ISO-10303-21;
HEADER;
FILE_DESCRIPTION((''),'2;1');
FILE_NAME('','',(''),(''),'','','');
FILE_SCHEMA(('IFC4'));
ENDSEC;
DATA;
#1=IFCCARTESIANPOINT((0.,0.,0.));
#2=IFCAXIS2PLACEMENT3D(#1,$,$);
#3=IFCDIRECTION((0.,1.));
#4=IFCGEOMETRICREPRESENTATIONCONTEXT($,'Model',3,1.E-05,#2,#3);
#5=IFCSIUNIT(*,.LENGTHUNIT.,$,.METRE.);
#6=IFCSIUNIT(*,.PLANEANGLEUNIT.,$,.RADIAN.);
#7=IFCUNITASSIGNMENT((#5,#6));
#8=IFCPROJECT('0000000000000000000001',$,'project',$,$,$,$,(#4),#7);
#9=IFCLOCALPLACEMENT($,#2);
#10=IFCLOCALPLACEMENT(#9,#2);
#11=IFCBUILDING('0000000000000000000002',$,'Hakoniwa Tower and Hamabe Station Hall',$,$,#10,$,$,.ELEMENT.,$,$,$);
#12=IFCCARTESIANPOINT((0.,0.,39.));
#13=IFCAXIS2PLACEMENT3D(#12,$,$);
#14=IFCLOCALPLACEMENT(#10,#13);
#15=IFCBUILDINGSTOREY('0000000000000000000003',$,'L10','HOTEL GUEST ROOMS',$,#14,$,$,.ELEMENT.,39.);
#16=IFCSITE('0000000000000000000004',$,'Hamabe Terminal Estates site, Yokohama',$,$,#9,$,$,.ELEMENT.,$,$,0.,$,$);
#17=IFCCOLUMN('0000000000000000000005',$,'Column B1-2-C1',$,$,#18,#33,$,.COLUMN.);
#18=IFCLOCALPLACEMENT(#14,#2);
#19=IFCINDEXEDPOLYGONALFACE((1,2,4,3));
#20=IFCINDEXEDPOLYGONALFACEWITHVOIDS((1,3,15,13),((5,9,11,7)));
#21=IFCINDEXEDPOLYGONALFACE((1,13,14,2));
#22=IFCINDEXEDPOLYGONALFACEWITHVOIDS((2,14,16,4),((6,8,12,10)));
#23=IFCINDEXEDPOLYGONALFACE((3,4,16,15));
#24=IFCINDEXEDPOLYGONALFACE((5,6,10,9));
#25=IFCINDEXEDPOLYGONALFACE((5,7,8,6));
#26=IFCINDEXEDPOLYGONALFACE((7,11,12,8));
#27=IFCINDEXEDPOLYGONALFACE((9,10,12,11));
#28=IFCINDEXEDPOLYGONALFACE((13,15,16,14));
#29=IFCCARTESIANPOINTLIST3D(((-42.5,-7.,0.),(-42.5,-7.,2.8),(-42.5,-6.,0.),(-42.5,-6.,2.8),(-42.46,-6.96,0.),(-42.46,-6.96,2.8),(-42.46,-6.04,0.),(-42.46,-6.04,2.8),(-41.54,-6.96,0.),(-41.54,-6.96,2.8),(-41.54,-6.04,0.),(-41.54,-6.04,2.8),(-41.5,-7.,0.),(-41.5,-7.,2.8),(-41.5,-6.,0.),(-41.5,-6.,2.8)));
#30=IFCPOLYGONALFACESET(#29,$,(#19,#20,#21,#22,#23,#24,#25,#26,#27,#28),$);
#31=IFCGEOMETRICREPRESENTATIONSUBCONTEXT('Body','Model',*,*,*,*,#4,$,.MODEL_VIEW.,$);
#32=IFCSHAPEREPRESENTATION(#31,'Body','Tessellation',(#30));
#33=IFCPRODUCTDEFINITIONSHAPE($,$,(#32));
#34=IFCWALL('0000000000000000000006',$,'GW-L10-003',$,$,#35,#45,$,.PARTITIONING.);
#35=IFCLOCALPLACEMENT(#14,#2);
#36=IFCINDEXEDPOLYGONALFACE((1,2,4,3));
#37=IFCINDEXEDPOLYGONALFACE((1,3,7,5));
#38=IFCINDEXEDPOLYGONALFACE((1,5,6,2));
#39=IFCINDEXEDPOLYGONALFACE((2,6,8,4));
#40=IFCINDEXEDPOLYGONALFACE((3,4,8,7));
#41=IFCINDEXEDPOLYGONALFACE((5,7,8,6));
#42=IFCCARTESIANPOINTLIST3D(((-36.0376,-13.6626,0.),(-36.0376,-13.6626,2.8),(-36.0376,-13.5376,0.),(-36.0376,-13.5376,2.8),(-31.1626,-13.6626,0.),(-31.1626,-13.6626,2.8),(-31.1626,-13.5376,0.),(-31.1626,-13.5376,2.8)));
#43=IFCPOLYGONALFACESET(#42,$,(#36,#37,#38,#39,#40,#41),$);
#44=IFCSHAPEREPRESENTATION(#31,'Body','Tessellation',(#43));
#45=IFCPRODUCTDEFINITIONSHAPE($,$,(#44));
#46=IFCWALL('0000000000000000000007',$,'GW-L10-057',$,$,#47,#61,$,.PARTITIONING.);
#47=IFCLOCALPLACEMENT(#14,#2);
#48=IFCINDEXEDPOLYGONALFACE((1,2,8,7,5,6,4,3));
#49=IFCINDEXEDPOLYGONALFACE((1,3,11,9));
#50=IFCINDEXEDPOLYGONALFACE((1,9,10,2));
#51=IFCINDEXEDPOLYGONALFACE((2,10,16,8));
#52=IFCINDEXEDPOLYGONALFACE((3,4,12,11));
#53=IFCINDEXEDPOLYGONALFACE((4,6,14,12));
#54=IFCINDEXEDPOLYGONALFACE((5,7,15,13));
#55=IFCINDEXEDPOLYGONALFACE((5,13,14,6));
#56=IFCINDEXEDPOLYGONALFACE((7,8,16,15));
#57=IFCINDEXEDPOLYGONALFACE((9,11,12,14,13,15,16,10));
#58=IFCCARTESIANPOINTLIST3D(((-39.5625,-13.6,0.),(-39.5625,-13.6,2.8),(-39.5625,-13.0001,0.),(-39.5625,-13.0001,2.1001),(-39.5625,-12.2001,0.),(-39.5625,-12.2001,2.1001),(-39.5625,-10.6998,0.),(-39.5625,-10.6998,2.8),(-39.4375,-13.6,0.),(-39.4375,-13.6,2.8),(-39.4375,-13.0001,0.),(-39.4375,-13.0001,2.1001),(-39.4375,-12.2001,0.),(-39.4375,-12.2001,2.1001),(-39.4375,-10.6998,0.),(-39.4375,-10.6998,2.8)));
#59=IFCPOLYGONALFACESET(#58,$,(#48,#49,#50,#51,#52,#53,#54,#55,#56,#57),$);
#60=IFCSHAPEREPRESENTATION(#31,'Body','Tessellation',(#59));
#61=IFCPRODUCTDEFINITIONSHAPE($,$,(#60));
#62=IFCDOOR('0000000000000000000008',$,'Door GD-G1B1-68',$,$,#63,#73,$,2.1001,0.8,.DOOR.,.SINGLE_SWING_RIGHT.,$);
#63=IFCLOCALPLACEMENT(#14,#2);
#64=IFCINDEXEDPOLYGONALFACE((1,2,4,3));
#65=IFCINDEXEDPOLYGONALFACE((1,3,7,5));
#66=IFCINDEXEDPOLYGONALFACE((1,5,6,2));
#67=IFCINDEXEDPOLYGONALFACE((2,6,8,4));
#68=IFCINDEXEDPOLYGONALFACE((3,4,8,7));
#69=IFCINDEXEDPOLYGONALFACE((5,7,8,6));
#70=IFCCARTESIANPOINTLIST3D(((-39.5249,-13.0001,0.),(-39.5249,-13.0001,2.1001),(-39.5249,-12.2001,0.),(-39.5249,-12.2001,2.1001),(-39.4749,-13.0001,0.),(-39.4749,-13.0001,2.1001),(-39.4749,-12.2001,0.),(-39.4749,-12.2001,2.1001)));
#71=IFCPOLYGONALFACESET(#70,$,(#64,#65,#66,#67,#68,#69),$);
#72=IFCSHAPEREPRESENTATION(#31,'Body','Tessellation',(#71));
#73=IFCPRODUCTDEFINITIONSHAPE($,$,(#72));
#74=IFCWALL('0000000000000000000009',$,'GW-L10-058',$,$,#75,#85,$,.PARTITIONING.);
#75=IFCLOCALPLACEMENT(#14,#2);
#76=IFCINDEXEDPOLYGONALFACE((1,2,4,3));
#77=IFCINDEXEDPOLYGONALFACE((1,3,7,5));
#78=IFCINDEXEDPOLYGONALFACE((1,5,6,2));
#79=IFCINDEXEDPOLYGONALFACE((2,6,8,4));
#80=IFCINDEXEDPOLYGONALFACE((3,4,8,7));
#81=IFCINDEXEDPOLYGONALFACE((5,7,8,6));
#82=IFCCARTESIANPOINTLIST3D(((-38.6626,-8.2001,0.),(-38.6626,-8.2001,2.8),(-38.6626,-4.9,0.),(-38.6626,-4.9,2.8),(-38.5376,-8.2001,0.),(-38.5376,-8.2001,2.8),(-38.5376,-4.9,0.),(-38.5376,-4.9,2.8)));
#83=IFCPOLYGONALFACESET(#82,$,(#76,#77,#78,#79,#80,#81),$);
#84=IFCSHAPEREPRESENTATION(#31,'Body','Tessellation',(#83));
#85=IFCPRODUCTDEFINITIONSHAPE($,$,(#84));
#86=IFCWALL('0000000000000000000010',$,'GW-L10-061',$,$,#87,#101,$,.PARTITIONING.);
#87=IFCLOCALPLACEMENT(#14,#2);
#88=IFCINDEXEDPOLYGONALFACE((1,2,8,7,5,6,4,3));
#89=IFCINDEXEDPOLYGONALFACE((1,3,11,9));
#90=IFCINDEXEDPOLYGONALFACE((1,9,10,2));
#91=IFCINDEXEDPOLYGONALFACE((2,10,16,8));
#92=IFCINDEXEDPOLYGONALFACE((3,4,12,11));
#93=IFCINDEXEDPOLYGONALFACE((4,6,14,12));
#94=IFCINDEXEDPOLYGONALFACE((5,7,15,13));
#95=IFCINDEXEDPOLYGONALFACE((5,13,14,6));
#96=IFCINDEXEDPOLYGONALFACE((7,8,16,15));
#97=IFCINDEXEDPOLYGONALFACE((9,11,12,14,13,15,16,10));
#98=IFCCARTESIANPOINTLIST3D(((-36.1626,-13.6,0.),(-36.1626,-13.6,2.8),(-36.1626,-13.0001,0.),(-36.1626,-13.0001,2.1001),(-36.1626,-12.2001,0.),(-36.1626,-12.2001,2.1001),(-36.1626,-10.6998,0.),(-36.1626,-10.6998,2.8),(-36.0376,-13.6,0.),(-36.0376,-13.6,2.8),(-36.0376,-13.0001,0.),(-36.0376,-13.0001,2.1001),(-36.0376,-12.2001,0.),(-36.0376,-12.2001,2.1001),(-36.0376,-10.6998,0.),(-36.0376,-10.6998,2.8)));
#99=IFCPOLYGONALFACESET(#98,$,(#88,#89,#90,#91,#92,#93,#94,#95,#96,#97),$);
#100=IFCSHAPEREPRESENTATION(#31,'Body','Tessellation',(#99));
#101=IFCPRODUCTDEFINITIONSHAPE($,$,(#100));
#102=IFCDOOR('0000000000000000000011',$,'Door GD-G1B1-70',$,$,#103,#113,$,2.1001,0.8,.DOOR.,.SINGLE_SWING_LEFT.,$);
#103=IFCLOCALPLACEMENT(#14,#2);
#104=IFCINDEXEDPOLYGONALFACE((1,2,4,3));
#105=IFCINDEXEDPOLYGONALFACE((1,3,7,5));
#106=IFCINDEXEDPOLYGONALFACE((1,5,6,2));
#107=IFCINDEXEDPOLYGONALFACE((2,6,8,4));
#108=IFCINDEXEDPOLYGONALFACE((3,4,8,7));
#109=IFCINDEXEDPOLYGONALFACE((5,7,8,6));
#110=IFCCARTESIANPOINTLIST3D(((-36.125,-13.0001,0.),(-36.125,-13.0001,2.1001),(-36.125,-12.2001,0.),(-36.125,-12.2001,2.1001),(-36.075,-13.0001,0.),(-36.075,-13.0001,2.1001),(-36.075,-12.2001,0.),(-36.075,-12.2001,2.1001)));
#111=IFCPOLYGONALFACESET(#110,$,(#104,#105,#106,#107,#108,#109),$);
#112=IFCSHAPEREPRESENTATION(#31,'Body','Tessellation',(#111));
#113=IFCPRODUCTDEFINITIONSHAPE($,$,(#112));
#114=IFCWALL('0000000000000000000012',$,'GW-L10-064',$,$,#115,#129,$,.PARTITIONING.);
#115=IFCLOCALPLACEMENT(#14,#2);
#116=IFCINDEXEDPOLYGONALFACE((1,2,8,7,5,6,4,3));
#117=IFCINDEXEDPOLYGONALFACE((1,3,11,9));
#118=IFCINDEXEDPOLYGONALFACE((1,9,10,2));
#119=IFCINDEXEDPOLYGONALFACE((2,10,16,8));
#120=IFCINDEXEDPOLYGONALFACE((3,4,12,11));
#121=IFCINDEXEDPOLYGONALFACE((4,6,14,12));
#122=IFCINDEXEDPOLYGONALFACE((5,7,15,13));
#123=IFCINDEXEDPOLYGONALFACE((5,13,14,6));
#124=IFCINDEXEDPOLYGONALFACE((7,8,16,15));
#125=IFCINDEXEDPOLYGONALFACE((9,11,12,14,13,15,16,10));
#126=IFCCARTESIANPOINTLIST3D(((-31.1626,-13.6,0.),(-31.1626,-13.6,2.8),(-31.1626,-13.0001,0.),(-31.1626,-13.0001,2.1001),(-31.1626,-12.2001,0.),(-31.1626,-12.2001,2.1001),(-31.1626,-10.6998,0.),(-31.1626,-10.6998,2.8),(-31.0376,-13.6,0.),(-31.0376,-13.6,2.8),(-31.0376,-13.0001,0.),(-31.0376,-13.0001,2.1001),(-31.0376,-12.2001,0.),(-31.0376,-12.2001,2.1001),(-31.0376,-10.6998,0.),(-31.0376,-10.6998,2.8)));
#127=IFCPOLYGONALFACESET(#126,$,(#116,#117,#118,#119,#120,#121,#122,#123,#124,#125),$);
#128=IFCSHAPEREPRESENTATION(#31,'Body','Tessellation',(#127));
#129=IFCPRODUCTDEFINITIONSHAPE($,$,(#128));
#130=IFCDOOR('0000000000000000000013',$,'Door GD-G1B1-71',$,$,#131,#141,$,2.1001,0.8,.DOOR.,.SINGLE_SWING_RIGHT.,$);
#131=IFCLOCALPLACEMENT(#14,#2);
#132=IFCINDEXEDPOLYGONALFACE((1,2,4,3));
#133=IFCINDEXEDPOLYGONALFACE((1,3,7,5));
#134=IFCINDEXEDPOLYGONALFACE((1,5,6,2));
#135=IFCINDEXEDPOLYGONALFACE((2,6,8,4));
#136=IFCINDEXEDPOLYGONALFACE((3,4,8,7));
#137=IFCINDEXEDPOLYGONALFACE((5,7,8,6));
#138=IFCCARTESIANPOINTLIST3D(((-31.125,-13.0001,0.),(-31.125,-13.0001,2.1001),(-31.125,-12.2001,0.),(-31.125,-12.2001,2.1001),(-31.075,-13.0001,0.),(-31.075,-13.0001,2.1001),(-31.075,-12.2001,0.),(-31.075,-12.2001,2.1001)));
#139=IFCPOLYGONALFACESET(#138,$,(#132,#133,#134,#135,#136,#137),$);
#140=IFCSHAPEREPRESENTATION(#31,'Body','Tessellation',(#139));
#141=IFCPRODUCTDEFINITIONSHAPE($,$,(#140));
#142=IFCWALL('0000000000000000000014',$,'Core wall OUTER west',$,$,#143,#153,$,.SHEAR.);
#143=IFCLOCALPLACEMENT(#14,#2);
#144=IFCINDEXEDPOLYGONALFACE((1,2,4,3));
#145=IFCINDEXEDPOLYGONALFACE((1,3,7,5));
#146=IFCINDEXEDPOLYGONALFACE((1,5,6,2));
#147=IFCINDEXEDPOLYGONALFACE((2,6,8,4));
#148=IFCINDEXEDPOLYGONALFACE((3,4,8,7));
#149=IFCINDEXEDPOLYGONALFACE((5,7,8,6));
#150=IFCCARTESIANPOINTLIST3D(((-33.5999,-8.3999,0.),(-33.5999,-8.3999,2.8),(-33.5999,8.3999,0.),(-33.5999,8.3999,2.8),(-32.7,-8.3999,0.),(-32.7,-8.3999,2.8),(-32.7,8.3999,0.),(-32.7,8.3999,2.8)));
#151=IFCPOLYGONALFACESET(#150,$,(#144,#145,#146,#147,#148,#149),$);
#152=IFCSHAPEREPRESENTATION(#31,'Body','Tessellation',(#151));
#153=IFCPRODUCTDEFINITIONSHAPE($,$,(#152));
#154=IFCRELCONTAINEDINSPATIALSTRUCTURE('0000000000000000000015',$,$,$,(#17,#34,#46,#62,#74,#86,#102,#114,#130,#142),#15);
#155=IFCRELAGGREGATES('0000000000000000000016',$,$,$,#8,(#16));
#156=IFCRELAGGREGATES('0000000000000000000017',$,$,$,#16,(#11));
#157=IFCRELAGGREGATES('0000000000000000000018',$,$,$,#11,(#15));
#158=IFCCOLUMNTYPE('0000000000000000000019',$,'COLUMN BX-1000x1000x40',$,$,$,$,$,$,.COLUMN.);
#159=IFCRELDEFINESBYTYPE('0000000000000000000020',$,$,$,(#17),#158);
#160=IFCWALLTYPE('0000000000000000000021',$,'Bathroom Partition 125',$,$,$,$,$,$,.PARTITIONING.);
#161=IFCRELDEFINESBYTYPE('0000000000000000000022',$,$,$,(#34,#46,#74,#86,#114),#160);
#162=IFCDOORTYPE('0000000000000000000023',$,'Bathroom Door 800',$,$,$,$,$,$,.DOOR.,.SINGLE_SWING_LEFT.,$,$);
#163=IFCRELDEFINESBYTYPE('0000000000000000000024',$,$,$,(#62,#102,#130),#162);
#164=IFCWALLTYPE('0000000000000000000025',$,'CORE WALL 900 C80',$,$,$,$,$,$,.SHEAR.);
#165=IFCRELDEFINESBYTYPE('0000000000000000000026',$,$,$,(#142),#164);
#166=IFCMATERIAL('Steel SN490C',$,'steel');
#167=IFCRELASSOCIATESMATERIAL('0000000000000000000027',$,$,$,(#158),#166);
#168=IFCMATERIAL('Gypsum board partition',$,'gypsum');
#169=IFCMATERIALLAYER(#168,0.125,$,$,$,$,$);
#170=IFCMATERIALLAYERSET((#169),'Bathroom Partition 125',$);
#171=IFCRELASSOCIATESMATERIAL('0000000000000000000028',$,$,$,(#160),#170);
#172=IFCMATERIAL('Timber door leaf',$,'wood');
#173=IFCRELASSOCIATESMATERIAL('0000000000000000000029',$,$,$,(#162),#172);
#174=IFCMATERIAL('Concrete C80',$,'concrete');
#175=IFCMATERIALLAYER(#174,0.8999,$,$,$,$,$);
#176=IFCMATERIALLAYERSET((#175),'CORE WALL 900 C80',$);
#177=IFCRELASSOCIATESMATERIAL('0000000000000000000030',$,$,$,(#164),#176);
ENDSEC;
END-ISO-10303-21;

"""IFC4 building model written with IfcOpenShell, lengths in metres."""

from ifc_helpers import new_model, si_unit, direction, frame, frame_2d, origin, origin_2d, place, context, subcontext, project, spatial, rectangle, hollow_rectangle, extrude, material, layer, layer_set, material_profile, profile_set, type_object, element, fill, save


model = new_model("IFC4")

# Units and contexts
model_context = context("Model", 3, precision=1e-05, world=origin(), true_north=direction((0.0, 1.0)))
body_context = subcontext(model_context, "Body", "Model", "MODEL_VIEW")
ifc_project = project(units=[si_unit("LENGTHUNIT", "METRE"), si_unit("PLANEANGLEUNIT", "RADIAN")], contexts=[model_context])

# Site, building, storey
site_placement = place(None, origin())
site = spatial("IfcSite", under=ifc_project, at=site_placement, Name="Hamabe Terminal Estates site, Yokohama", CompositionType="ELEMENT", RefElevation=0.0)
building_placement = place(site_placement, origin())
building = spatial("IfcBuilding", under=site, at=building_placement, Name="Hakoniwa Tower and Hamabe Station Hall", CompositionType="ELEMENT")
storey_placement = place(building_placement, frame((0.0, 0.0, 39.0)))
storey = spatial("IfcBuildingStorey", under=building, at=storey_placement, Name="L10", Description="HOTEL GUEST ROOMS", CompositionType="ELEMENT", Elevation=39.0)

# Column
ifc_material_1 = material(Name="Steel SN490C", Category="steel")
ifc_material_profile = material_profile(ifc_material_1, hollow_rectangle(XDim=1.0, YDim=1.0, WallThickness=0.04, at=origin_2d()), Name="BX-1000x1000x40")
ifc_profile_set = profile_set([ifc_material_profile], Name="Steel SN490C")
column_type = type_object("IfcColumnType", Name="COLUMN BX-1000x1000x40", PredefinedType="COLUMN", material=ifc_profile_set)
column_placement = place(storey_placement, frame((-42.0, -6.5, 0.0), z_axis=(0.0, 0.0, 1.0), x_axis=(1.0, 0.0, 0.0)))
element("IfcColumn", 1, at=column_placement, inside=storey, type_object=column_type, Name="Column B1-2-C1", PredefinedType="COLUMN", context=body_context, shape_type="SweptSolid", body=[
    extrude(hollow_rectangle(XDim=1.0, YDim=1.0, WallThickness=0.04, at=origin_2d()), origin(), (0.0, 0.0, 1.0), 2.8),
])

# Wall
ifc_material_2 = material(Name="Gypsum board partition", Category="gypsum")
ifc_layer_1 = layer(ifc_material_2, 0.125)
ifc_layer_set_1 = layer_set([ifc_layer_1], Name="Bathroom Partition 125")
wall_type_1 = type_object("IfcWallType", Name="Bathroom Partition 125", PredefinedType="PARTITIONING", material=ifc_layer_set_1)
wall_1_placement = place(storey_placement, frame((-36.0376, -13.6001, 0.0), z_axis=(0.0, 0.0, 1.0), x_axis=(1.0, 0.0, 0.0)))
element("IfcWall", 2, at=wall_1_placement, inside=storey, type_object=wall_type_1, Name="GW-L10-003", PredefinedType="PARTITIONING", context=body_context, shape_type="SweptSolid", body=[
    extrude(rectangle(XDim=4.875, YDim=0.125, at=frame_2d((2.4375, 0.0))), origin(), (0.0, 0.0, 1.0), 2.8),
])

# Wall, opening, door
wall_2_placement = place(storey_placement, frame((-39.5, -13.6001, 0.0), z_axis=(0.0, 0.0, 1.0), x_axis=(0.0, 1.0, 0.0)))
wall_2 = element("IfcWall", 3, at=wall_2_placement, inside=storey, type_object=wall_type_1, Name="GW-L10-057", PredefinedType="PARTITIONING", context=body_context, shape_type="SweptSolid", body=[
    extrude(rectangle(XDim=2.9001, YDim=0.125, at=frame_2d((1.4502, 0.0))), origin(), (0.0, 0.0, 1.0), 2.8),
])
opening_1_placement = place(wall_2_placement, frame((0.6001, 0.0, 0.0)))
opening_1 = element("IfcOpeningElement", 4, at=opening_1_placement, cuts=wall_2, PredefinedType="OPENING", context=body_context, shape_type="SweptSolid", body=[
    extrude(rectangle(XDim=0.8, YDim=2.1001, at=frame_2d((0.3999, 1.05))), frame((0.0, 0.0725, 0.0), z_axis=(0.0, -1.0, 0.0), x_axis=(1.0, 0.0, 0.0)), (0.0, 0.0, 1.0), 0.145),
])
ifc_material_3 = material(Name="Timber door leaf", Category="wood")
door_type_1 = type_object("IfcDoorType", Name="Bathroom Door 800", OperationType="SINGLE_SWING_LEFT", PredefinedType="DOOR", material=ifc_material_3)
door_1_placement = place(opening_1_placement, origin())
door_1 = element("IfcDoor", 5, at=door_1_placement, inside=storey, type_object=door_type_1, Name="Door GD-G1B1-68", OperationType="SINGLE_SWING_RIGHT", OverallHeight=2.1001, OverallWidth=0.8, PredefinedType="DOOR", context=body_context, shape_type="SweptSolid", body=[
    extrude(rectangle(XDim=0.8, YDim=2.1001, at=frame_2d((0.3999, 1.05))), frame((0.0, 0.0249, 0.0), z_axis=(0.0, -1.0, 0.0), x_axis=(1.0, 0.0, 0.0)), (0.0, 0.0, 1.0), 0.05),
])
fill(opening_1, door_1)

# Wall
wall_3_placement = place(storey_placement, frame((-38.6001, -8.2, 0.0), z_axis=(0.0, 0.0, 1.0), x_axis=(0.0, 1.0, 0.0)))
element("IfcWall", 6, at=wall_3_placement, inside=storey, type_object=wall_type_1, Name="GW-L10-058", PredefinedType="PARTITIONING", context=body_context, shape_type="SweptSolid", body=[
    extrude(rectangle(XDim=3.3, YDim=0.125, at=frame_2d((1.6499, 0.0))), origin(), (0.0, 0.0, 1.0), 2.8),
])

# Walls, openings, doors
wall_4_placement = place(storey_placement, frame((-36.1001, -13.6001, 0.0), z_axis=(0.0, 0.0, 1.0), x_axis=(0.0, 1.0, 0.0)))
wall_4 = element("IfcWall", 7, at=wall_4_placement, inside=storey, type_object=wall_type_1, Name="GW-L10-061", PredefinedType="PARTITIONING", context=body_context, shape_type="SweptSolid", body=[
    extrude(rectangle(XDim=2.9001, YDim=0.125, at=frame_2d((1.4502, 0.0))), origin(), (0.0, 0.0, 1.0), 2.8),
])
opening_2_placement = place(wall_4_placement, frame((0.6001, 0.0, 0.0)))
opening_2 = element("IfcOpeningElement", 8, at=opening_2_placement, cuts=wall_4, PredefinedType="OPENING", context=body_context, shape_type="SweptSolid", body=[
    extrude(rectangle(XDim=0.8, YDim=2.1001, at=frame_2d((0.3999, 1.05))), frame((0.0, 0.0725, 0.0), z_axis=(0.0, -1.0, 0.0), x_axis=(1.0, 0.0, 0.0)), (0.0, 0.0, 1.0), 0.145),
])
door_2_placement = place(opening_2_placement, origin())
door_2 = element("IfcDoor", 9, at=door_2_placement, inside=storey, type_object=door_type_1, Name="Door GD-G1B1-70", OperationType="SINGLE_SWING_LEFT", OverallHeight=2.1001, OverallWidth=0.8, PredefinedType="DOOR", context=body_context, shape_type="SweptSolid", body=[
    extrude(rectangle(XDim=0.8, YDim=2.1001, at=frame_2d((0.3999, 1.05))), frame((0.0, 0.0249, 0.0), z_axis=(0.0, -1.0, 0.0), x_axis=(1.0, 0.0, 0.0)), (0.0, 0.0, 1.0), 0.05),
])
fill(opening_2, door_2)
wall_5_placement = place(storey_placement, frame((-31.1001, -13.6001, 0.0), z_axis=(0.0, 0.0, 1.0), x_axis=(0.0, 1.0, 0.0)))
wall_5 = element("IfcWall", 10, at=wall_5_placement, inside=storey, type_object=wall_type_1, Name="GW-L10-064", PredefinedType="PARTITIONING", context=body_context, shape_type="SweptSolid", body=[
    extrude(rectangle(XDim=2.9001, YDim=0.125, at=frame_2d((1.4502, 0.0))), origin(), (0.0, 0.0, 1.0), 2.8),
])
opening_3_placement = place(wall_5_placement, frame((0.6001, 0.0, 0.0)))
opening_3 = element("IfcOpeningElement", 11, at=opening_3_placement, cuts=wall_5, PredefinedType="OPENING", context=body_context, shape_type="SweptSolid", body=[
    extrude(rectangle(XDim=0.8, YDim=2.1001, at=frame_2d((0.3999, 1.05))), frame((0.0, 0.0725, 0.0), z_axis=(0.0, -1.0, 0.0), x_axis=(1.0, 0.0, 0.0)), (0.0, 0.0, 1.0), 0.145),
])
door_3_placement = place(opening_3_placement, origin())
door_3 = element("IfcDoor", 12, at=door_3_placement, inside=storey, type_object=door_type_1, Name="Door GD-G1B1-71", OperationType="SINGLE_SWING_RIGHT", OverallHeight=2.1001, OverallWidth=0.8, PredefinedType="DOOR", context=body_context, shape_type="SweptSolid", body=[
    extrude(rectangle(XDim=0.8, YDim=2.1001, at=frame_2d((0.3999, 1.05))), frame((0.0, 0.0249, 0.0), z_axis=(0.0, -1.0, 0.0), x_axis=(1.0, 0.0, 0.0)), (0.0, 0.0, 1.0), 0.05),
])
fill(opening_3, door_3)

# Wall
ifc_material_4 = material(Name="Concrete C80", Category="concrete")
ifc_layer_2 = layer(ifc_material_4, 0.8999)
ifc_layer_set_2 = layer_set([ifc_layer_2], Name="CORE WALL 900 C80")
wall_type_2 = type_object("IfcWallType", Name="CORE WALL 900 C80", PredefinedType="SHEAR", material=ifc_layer_set_2)
wall_6_placement = place(storey_placement, frame((-33.1499, -8.3999, 0.0), z_axis=(0.0, 0.0, 1.0), x_axis=(0.0, 1.0, 0.0)))
element("IfcWall", 13, at=wall_6_placement, inside=storey, type_object=wall_type_2, Name="Core wall OUTER west", PredefinedType="SHEAR", context=body_context, shape_type="SweptSolid", body=[
    extrude(rectangle(XDim=16.7998, YDim=0.8999, at=frame_2d((8.3999, 0.0))), origin(), (0.0, 0.0, 1.0), 2.8),
])

save(model, "model.ifc")
